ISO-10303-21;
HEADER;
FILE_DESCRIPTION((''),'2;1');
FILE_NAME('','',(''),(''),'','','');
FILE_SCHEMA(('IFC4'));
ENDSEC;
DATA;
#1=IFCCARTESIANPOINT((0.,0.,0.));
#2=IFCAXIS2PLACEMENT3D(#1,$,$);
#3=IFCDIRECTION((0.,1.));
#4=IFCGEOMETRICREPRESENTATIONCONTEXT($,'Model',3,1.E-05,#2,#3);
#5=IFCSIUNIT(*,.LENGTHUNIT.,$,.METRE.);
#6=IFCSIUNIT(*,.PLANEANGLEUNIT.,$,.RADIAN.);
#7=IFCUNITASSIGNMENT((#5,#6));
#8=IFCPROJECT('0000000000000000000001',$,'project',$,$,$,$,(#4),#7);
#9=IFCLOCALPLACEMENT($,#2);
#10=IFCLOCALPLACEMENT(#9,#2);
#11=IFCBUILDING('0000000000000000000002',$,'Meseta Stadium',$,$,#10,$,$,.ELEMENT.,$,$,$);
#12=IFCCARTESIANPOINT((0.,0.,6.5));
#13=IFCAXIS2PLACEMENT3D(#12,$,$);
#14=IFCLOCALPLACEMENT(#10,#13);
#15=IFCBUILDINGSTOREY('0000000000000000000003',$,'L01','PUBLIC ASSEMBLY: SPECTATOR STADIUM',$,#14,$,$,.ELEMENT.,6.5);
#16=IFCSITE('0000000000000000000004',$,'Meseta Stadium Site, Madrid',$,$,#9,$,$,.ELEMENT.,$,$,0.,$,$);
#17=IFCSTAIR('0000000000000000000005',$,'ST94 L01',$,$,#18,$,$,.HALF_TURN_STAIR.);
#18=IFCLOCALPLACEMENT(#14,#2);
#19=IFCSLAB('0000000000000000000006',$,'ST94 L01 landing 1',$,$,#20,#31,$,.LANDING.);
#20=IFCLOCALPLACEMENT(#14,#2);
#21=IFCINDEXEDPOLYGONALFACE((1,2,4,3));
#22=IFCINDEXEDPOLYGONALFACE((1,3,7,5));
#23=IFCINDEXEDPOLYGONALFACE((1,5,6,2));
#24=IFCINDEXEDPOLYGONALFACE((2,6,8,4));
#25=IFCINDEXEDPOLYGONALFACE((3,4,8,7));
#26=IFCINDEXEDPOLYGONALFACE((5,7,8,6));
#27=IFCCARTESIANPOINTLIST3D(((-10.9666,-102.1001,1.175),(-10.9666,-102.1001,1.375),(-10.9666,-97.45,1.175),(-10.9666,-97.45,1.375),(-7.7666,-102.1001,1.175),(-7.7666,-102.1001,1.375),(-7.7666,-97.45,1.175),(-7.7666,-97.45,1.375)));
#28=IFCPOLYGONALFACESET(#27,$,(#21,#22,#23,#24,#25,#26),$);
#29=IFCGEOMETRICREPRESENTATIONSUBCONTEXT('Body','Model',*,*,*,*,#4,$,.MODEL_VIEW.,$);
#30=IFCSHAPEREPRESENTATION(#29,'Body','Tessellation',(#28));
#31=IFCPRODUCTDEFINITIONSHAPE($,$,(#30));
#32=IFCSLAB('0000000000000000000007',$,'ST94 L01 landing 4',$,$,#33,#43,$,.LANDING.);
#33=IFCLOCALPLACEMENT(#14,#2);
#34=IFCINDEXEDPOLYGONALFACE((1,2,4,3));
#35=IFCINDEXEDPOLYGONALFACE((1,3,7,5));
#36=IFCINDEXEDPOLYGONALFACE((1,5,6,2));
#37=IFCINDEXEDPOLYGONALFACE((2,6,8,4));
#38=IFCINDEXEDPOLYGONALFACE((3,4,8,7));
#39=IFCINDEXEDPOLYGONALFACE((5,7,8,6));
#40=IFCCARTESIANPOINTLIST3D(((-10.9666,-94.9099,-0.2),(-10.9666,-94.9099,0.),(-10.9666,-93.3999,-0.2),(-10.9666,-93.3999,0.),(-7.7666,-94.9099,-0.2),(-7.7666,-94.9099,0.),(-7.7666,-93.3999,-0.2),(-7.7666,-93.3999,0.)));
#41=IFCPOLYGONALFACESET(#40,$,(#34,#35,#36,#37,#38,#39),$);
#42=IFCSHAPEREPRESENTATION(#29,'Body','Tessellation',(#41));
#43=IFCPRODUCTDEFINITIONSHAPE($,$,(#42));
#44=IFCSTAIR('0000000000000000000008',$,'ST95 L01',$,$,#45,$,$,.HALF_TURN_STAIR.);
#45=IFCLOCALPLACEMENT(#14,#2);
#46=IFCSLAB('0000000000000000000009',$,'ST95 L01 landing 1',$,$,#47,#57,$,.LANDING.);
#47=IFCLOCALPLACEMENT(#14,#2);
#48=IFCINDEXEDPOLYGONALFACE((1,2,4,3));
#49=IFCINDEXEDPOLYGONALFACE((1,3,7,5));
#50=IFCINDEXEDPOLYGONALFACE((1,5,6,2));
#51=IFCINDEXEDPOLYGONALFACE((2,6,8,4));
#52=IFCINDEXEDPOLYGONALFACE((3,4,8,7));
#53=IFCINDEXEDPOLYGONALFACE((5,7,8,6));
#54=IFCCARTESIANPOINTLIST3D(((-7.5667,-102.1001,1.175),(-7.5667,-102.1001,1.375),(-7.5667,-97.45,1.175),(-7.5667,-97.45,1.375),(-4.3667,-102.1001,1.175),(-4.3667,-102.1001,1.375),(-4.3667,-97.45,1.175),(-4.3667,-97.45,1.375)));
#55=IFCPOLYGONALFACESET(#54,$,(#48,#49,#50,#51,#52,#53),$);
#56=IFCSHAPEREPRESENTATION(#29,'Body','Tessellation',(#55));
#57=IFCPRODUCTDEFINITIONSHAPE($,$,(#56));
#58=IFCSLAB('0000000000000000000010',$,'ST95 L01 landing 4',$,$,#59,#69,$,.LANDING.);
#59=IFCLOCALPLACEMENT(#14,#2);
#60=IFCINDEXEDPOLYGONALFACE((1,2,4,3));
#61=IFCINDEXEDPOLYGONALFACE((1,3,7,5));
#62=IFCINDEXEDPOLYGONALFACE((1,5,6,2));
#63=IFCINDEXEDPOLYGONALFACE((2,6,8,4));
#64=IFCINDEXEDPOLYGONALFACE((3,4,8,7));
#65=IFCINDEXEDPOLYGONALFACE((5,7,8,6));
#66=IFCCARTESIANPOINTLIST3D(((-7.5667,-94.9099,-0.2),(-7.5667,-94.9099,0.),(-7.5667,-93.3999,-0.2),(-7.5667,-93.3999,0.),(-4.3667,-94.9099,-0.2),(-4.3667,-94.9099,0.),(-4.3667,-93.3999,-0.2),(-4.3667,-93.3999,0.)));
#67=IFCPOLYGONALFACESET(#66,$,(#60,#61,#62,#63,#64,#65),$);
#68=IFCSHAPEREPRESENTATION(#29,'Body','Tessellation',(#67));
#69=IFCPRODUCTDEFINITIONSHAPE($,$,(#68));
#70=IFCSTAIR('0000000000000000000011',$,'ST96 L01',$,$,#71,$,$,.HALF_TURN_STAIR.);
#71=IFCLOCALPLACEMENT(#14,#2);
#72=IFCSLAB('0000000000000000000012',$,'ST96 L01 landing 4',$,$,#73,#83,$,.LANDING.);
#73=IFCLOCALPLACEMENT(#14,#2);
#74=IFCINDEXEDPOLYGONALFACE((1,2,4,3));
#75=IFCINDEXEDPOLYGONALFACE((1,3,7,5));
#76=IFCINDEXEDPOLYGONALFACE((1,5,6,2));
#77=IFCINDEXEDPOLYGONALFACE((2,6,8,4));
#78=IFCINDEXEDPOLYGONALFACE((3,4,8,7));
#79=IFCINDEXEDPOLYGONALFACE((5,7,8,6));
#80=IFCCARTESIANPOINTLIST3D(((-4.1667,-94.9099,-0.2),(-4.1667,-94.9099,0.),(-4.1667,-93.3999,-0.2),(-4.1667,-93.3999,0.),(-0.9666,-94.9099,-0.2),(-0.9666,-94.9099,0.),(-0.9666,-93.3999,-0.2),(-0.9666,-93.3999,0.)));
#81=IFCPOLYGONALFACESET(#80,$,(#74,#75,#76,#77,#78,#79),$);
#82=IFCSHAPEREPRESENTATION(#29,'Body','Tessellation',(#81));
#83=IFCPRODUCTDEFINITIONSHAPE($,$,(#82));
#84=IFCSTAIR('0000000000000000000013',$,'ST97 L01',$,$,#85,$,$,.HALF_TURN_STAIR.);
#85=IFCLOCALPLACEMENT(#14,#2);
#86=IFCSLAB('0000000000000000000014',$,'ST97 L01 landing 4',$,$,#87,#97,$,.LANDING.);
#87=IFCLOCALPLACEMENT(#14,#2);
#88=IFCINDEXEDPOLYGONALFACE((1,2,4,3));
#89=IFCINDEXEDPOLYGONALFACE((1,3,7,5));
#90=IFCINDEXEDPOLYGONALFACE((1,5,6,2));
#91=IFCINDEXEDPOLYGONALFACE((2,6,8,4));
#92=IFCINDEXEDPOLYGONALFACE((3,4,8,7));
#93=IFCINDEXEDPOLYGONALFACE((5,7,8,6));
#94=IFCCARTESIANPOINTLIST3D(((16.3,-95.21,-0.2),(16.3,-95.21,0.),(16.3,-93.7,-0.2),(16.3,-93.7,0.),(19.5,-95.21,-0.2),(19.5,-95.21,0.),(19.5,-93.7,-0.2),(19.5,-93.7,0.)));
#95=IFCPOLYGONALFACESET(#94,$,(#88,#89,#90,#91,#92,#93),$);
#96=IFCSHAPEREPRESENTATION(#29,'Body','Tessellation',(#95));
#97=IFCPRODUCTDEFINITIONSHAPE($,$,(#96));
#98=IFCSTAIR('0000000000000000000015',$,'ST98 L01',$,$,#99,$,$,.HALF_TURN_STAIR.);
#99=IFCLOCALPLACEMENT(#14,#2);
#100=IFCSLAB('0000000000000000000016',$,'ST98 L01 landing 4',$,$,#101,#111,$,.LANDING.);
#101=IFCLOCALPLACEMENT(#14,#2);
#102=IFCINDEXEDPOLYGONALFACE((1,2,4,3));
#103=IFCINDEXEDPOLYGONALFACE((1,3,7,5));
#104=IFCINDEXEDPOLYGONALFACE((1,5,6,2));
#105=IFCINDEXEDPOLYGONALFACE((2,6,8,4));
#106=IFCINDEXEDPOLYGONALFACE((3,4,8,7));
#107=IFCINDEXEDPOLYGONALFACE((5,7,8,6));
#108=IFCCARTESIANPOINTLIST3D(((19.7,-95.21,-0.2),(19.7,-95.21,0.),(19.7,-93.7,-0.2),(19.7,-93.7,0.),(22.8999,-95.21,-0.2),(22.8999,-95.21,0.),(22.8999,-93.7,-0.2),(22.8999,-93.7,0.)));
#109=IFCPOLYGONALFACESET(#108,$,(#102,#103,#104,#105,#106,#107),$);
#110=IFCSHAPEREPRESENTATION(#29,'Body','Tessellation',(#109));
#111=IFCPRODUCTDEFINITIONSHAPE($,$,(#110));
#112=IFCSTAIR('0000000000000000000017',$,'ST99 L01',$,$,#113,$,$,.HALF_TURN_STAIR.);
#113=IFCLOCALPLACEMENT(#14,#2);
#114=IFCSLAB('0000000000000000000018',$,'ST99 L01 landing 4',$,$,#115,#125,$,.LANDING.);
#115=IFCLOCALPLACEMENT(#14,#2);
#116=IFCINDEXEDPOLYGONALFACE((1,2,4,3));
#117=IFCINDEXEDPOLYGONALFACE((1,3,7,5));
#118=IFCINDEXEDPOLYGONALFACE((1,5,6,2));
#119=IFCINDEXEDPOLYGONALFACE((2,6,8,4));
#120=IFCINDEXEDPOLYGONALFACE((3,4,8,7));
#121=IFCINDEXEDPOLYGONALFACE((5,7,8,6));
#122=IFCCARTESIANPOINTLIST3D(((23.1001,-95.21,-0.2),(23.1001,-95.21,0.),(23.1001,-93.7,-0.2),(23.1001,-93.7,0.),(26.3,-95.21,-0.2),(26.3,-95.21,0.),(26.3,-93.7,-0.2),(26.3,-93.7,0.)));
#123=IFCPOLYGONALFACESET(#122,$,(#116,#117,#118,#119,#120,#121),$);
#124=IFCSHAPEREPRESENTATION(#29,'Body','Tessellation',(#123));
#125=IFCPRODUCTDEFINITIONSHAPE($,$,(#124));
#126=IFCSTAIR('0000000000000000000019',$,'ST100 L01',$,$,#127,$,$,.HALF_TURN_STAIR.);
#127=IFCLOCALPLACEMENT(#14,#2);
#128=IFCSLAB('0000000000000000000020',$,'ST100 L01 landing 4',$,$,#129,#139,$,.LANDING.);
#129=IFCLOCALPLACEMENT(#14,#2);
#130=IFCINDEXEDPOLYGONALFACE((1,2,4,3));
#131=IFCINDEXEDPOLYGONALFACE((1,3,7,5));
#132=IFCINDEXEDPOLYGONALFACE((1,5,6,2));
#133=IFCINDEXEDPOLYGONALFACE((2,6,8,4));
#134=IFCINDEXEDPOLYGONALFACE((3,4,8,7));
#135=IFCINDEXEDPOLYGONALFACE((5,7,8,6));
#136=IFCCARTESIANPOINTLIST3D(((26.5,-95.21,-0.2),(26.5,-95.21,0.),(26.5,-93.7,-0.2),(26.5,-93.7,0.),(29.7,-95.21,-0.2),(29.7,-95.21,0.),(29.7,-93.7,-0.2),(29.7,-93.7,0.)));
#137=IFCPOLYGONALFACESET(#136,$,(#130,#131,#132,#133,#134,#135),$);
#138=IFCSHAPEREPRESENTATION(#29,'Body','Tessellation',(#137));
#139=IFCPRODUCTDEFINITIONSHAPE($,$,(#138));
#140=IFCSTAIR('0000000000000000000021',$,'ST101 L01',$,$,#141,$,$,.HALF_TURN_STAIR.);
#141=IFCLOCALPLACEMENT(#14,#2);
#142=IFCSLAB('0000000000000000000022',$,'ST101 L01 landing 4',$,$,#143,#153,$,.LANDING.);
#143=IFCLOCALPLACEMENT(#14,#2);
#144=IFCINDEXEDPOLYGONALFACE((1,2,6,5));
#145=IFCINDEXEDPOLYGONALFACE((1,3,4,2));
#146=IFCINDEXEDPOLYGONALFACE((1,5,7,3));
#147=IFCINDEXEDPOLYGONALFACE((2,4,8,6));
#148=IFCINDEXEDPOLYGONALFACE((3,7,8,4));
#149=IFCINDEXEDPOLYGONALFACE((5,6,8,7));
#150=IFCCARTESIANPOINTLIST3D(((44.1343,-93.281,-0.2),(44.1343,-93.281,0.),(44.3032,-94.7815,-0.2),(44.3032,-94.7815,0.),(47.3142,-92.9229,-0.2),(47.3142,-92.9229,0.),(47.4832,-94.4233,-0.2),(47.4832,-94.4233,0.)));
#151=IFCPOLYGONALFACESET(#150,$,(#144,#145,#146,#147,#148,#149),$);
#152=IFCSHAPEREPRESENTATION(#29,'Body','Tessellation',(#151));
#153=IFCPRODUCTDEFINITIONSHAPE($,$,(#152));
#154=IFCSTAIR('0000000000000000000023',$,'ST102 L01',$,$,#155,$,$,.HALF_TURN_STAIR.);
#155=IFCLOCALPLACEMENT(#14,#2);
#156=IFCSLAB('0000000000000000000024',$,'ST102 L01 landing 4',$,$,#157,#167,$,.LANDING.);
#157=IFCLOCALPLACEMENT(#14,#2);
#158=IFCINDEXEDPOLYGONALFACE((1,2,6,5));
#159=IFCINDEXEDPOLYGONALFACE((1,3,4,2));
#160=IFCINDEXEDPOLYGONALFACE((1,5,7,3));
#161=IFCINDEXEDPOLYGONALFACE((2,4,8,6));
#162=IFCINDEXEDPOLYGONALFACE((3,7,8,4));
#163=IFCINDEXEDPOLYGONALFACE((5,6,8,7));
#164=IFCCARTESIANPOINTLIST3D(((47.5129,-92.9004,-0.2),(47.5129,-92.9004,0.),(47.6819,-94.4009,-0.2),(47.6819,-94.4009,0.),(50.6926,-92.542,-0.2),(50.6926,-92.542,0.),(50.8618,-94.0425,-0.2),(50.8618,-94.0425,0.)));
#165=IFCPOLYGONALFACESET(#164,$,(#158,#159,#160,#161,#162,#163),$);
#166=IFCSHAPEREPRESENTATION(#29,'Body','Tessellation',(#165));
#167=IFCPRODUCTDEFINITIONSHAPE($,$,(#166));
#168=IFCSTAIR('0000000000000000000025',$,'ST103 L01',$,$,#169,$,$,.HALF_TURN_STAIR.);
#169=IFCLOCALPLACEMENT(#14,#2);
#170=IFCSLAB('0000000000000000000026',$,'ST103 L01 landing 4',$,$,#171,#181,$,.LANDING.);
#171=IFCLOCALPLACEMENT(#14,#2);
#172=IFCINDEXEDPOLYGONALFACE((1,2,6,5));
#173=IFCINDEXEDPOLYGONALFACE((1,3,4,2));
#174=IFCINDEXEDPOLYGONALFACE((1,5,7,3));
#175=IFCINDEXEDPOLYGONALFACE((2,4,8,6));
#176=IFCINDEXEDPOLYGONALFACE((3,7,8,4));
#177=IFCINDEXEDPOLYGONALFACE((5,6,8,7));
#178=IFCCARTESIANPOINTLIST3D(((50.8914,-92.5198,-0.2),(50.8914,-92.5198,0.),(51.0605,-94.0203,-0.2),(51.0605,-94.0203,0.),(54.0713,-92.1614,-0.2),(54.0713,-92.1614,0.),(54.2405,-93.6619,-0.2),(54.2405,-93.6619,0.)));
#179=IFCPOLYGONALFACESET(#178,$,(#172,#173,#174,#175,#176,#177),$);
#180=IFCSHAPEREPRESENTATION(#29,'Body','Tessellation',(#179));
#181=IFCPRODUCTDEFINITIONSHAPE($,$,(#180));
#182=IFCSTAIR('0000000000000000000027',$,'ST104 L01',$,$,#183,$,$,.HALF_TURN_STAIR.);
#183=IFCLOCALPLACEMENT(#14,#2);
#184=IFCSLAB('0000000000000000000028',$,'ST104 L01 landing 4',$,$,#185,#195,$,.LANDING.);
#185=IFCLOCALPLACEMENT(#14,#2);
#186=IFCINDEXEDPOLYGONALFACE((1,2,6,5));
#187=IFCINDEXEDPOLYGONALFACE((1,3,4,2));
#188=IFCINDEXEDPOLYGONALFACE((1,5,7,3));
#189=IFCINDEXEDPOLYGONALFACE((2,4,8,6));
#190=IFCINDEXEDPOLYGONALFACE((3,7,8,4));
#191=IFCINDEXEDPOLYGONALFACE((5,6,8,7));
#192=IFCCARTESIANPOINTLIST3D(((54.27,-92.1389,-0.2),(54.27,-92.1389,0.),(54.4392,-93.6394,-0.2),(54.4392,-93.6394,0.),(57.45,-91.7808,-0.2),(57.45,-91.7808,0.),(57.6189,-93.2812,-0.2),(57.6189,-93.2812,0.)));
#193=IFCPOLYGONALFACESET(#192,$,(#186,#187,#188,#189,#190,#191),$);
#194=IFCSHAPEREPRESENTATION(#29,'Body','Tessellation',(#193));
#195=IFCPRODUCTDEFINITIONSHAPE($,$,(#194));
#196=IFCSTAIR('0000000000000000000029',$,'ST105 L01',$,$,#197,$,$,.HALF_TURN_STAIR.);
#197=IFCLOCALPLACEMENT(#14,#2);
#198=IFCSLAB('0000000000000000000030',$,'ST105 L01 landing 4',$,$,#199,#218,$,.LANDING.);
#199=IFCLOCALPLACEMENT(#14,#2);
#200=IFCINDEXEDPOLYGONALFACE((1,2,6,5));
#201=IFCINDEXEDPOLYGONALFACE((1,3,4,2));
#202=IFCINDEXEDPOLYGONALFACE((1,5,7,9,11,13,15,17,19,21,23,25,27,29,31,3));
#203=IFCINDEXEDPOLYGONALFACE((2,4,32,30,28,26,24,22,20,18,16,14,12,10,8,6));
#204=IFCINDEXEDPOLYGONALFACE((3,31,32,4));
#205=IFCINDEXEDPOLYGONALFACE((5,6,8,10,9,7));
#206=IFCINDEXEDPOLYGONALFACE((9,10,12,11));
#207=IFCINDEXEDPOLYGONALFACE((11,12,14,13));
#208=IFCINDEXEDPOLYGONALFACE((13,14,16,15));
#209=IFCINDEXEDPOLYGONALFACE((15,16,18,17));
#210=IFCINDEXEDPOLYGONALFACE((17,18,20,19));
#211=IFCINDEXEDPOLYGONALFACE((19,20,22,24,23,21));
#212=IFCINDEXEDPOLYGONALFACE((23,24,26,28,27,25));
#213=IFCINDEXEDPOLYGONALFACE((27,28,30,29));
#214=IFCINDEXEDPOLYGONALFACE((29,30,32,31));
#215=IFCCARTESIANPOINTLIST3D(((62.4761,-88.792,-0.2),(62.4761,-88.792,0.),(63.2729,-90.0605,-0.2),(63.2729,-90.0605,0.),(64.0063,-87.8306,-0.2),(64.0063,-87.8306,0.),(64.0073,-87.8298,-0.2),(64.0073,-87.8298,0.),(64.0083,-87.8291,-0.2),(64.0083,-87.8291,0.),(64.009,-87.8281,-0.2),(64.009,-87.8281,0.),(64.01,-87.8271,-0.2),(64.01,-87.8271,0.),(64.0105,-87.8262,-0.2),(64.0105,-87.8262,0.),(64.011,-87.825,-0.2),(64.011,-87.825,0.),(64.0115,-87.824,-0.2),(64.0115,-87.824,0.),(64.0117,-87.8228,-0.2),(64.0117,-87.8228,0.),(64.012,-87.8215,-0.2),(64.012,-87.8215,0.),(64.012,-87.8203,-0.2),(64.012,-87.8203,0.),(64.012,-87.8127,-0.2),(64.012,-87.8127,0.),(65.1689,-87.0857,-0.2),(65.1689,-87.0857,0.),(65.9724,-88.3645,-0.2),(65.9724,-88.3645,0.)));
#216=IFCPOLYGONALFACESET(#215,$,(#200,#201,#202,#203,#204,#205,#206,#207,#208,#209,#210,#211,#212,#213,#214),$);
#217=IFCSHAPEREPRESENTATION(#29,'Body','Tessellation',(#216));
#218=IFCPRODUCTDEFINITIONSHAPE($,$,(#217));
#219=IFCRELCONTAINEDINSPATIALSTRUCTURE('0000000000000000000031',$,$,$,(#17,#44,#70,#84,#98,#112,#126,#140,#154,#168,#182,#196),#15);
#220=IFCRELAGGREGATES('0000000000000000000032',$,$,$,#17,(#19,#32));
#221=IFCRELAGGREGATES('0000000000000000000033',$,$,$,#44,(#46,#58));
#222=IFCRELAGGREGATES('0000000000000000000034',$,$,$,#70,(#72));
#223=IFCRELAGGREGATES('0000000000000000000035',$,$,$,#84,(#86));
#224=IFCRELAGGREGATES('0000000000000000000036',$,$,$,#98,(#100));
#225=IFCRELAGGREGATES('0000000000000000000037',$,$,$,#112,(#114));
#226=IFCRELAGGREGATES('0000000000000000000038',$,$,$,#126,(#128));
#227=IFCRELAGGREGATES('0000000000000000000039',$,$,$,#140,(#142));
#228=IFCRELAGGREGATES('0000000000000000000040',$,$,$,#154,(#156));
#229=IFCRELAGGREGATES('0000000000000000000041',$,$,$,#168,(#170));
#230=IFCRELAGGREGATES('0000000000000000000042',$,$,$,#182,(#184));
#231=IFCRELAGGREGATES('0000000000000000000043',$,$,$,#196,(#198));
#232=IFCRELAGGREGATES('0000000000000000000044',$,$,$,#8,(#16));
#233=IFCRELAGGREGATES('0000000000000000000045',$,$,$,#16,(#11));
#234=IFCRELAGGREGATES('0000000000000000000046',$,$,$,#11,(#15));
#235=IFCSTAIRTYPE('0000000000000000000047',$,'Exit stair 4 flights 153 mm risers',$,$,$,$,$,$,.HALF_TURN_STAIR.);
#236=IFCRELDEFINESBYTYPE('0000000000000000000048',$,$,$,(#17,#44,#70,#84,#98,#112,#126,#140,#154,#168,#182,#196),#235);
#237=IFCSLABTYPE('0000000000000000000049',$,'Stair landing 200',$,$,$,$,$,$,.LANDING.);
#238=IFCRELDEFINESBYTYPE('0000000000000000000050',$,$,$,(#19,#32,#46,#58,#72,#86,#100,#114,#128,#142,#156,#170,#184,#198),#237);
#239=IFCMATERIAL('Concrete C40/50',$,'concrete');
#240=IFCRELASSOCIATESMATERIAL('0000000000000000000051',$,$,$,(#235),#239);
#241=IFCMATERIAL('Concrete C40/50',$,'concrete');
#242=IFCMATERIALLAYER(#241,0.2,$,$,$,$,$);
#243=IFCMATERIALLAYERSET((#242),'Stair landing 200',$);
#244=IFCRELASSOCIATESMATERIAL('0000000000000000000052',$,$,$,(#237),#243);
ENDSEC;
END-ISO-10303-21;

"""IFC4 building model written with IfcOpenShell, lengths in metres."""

from ifc_helpers import new_model, si_unit, direction, frame, origin, place, context, subcontext, project, spatial, polyline, outline, extrude, material, layer, layer_set, type_object, element, aggregate, save


model = new_model("IFC4")

# Units and contexts
model_context = context("Model", 3, precision=1e-05, world=origin(), true_north=direction((0.0, 1.0)))
body_context = subcontext(model_context, "Body", "Model", "MODEL_VIEW")
ifc_project = project(units=[si_unit("LENGTHUNIT", "METRE"), si_unit("PLANEANGLEUNIT", "RADIAN")], contexts=[model_context])

# Site, building, storey
site_placement = place(None, origin())
site = spatial("IfcSite", under=ifc_project, at=site_placement, Name="Meseta Stadium Site, Madrid", CompositionType="ELEMENT", RefElevation=0.0)
building_placement = place(site_placement, origin())
building = spatial("IfcBuilding", under=site, at=building_placement, Name="Meseta Stadium", CompositionType="ELEMENT")
storey_placement = place(building_placement, frame((0.0, 0.0, 6.5)))
storey = spatial("IfcBuildingStorey", under=building, at=storey_placement, Name="L01", Description="PUBLIC ASSEMBLY: SPECTATOR STADIUM", CompositionType="ELEMENT", Elevation=6.5)

# Shared definitions
ifc_material_1 = material(Name="Concrete C40/50", Category="concrete")
stair_type = type_object("IfcStairType", Name="Exit stair 4 flights 153 mm risers", PredefinedType="HALF_TURN_STAIR", material=ifc_material_1)
ifc_material_2 = material(Name="Concrete C40/50", Category="concrete")
ifc_layer = layer(ifc_material_2, 0.2)
ifc_layer_set = layer_set([ifc_layer], Name="Stair landing 200")
slab_type = type_object("IfcSlabType", Name="Stair landing 200", PredefinedType="LANDING", material=ifc_layer_set)

# Stairs, slabs
stair_1_placement = place(storey_placement, origin())
stair_1 = element("IfcStair", 1, at=stair_1_placement, inside=storey, type_object=stair_type, Name="ST94 L01", PredefinedType="HALF_TURN_STAIR")
slab_1_placement = place(storey_placement, frame((0.0, 0.0, 1.175)))
slab_1 = element("IfcSlab", 2, at=slab_1_placement, type_object=slab_type, Name="ST94 L01 landing 1", PredefinedType="LANDING", context=body_context, shape_type="SweptSolid", body=[
    extrude(outline(polyline([(-10.9666, -97.45), (-10.9666, -102.1001), (-7.7666, -102.1001), (-7.7666, -97.45), (-10.9666, -97.45)])), origin(), (0.0, 0.0, 1.0), 0.2),
])
slab_2_placement = place(storey_placement, frame((0.0, 0.0, -0.2)))
slab_2 = element("IfcSlab", 3, at=slab_2_placement, type_object=slab_type, Name="ST94 L01 landing 4", PredefinedType="LANDING", context=body_context, shape_type="SweptSolid", body=[
    extrude(outline(polyline([(-10.9666, -93.3999), (-10.9666, -94.9099), (-7.7666, -94.9099), (-7.7666, -93.3999), (-10.9666, -93.3999)])), origin(), (0.0, 0.0, 1.0), 0.2),
])
aggregate(stair_1, [slab_1, slab_2])
stair_2_placement = place(storey_placement, origin())
stair_2 = element("IfcStair", 4, at=stair_2_placement, inside=storey, type_object=stair_type, Name="ST95 L01", PredefinedType="HALF_TURN_STAIR")
slab_3_placement = place(storey_placement, frame((0.0, 0.0, 1.175)))
slab_3 = element("IfcSlab", 5, at=slab_3_placement, type_object=slab_type, Name="ST95 L01 landing 1", PredefinedType="LANDING", context=body_context, shape_type="SweptSolid", body=[
    extrude(outline(polyline([(-7.5667, -97.45), (-7.5667, -102.1001), (-4.3667, -102.1001), (-4.3667, -97.45), (-7.5667, -97.45)])), origin(), (0.0, 0.0, 1.0), 0.2),
])
slab_4_placement = place(storey_placement, frame((0.0, 0.0, -0.2)))
slab_4 = element("IfcSlab", 6, at=slab_4_placement, type_object=slab_type, Name="ST95 L01 landing 4", PredefinedType="LANDING", context=body_context, shape_type="SweptSolid", body=[
    extrude(outline(polyline([(-7.5667, -93.3999), (-7.5667, -94.9099), (-4.3667, -94.9099), (-4.3667, -93.3999), (-7.5667, -93.3999)])), origin(), (0.0, 0.0, 1.0), 0.2),
])
aggregate(stair_2, [slab_3, slab_4])

# Stairs, slabs
stair_3_placement = place(storey_placement, origin())
stair_3 = element("IfcStair", 7, at=stair_3_placement, inside=storey, type_object=stair_type, Name="ST96 L01", PredefinedType="HALF_TURN_STAIR")
slab_5_placement = place(storey_placement, frame((0.0, 0.0, -0.2)))
slab_5 = element("IfcSlab", 8, at=slab_5_placement, type_object=slab_type, Name="ST96 L01 landing 4", PredefinedType="LANDING", context=body_context, shape_type="SweptSolid", body=[
    extrude(outline(polyline([(-4.1667, -93.3999), (-4.1667, -94.9099), (-0.9666, -94.9099), (-0.9666, -93.3999), (-4.1667, -93.3999)])), origin(), (0.0, 0.0, 1.0), 0.2),
])
aggregate(stair_3, [slab_5])
stair_4_placement = place(storey_placement, origin())
stair_4 = element("IfcStair", 9, at=stair_4_placement, inside=storey, type_object=stair_type, Name="ST97 L01", PredefinedType="HALF_TURN_STAIR")
slab_6_placement = place(storey_placement, frame((0.0, 0.0, -0.2)))
slab_6 = element("IfcSlab", 10, at=slab_6_placement, type_object=slab_type, Name="ST97 L01 landing 4", PredefinedType="LANDING", context=body_context, shape_type="SweptSolid", body=[
    extrude(outline(polyline([(16.3, -93.7), (16.3, -95.21), (19.5, -95.21), (19.5, -93.7), (16.3, -93.7)])), origin(), (0.0, 0.0, 1.0), 0.2),
])
aggregate(stair_4, [slab_6])
stair_5_placement = place(storey_placement, origin())
stair_5 = element("IfcStair", 11, at=stair_5_placement, inside=storey, type_object=stair_type, Name="ST98 L01", PredefinedType="HALF_TURN_STAIR")
slab_7_placement = place(storey_placement, frame((0.0, 0.0, -0.2)))
slab_7 = element("IfcSlab", 12, at=slab_7_placement, type_object=slab_type, Name="ST98 L01 landing 4", PredefinedType="LANDING", context=body_context, shape_type="SweptSolid", body=[
    extrude(outline(polyline([(19.7, -93.7), (19.7, -95.21), (22.8999, -95.21), (22.8999, -93.7), (19.7, -93.7)])), origin(), (0.0, 0.0, 1.0), 0.2),
])
aggregate(stair_5, [slab_7])
stair_6_placement = place(storey_placement, origin())
stair_6 = element("IfcStair", 13, at=stair_6_placement, inside=storey, type_object=stair_type, Name="ST99 L01", PredefinedType="HALF_TURN_STAIR")
slab_8_placement = place(storey_placement, frame((0.0, 0.0, -0.2)))
slab_8 = element("IfcSlab", 14, at=slab_8_placement, type_object=slab_type, Name="ST99 L01 landing 4", PredefinedType="LANDING", context=body_context, shape_type="SweptSolid", body=[
    extrude(outline(polyline([(23.1001, -93.7), (23.1001, -95.21), (26.3, -95.21), (26.3, -93.7), (23.1001, -93.7)])), origin(), (0.0, 0.0, 1.0), 0.2),
])
aggregate(stair_6, [slab_8])
stair_7_placement = place(storey_placement, origin())
stair_7 = element("IfcStair", 15, at=stair_7_placement, inside=storey, type_object=stair_type, Name="ST100 L01", PredefinedType="HALF_TURN_STAIR")
slab_9_placement = place(storey_placement, frame((0.0, 0.0, -0.2)))
slab_9 = element("IfcSlab", 16, at=slab_9_placement, type_object=slab_type, Name="ST100 L01 landing 4", PredefinedType="LANDING", context=body_context, shape_type="SweptSolid", body=[
    extrude(outline(polyline([(26.5, -93.7), (26.5, -95.21), (29.7, -95.21), (29.7, -93.7), (26.5, -93.7)])), origin(), (0.0, 0.0, 1.0), 0.2),
])
aggregate(stair_7, [slab_9])
stair_8_placement = place(storey_placement, origin())
stair_8 = element("IfcStair", 17, at=stair_8_placement, inside=storey, type_object=stair_type, Name="ST101 L01", PredefinedType="HALF_TURN_STAIR")
slab_10_placement = place(storey_placement, frame((0.0, 0.0, -0.2)))
slab_10 = element("IfcSlab", 18, at=slab_10_placement, type_object=slab_type, Name="ST101 L01 landing 4", PredefinedType="LANDING", context=body_context, shape_type="SweptSolid", body=[
    extrude(outline(polyline([(44.1343, -93.281), (44.3032, -94.7815), (47.4832, -94.4233), (47.3142, -92.9229), (44.1343, -93.281)])), origin(), (0.0, 0.0, 1.0), 0.2),
])
aggregate(stair_8, [slab_10])
stair_9_placement = place(storey_placement, origin())
stair_9 = element("IfcStair", 19, at=stair_9_placement, inside=storey, type_object=stair_type, Name="ST102 L01", PredefinedType="HALF_TURN_STAIR")
slab_11_placement = place(storey_placement, frame((0.0, 0.0, -0.2)))
slab_11 = element("IfcSlab", 20, at=slab_11_placement, type_object=slab_type, Name="ST102 L01 landing 4", PredefinedType="LANDING", context=body_context, shape_type="SweptSolid", body=[
    extrude(outline(polyline([(47.5129, -92.9004), (47.6819, -94.4009), (50.8618, -94.0425), (50.6926, -92.542), (47.5129, -92.9004)])), origin(), (0.0, 0.0, 1.0), 0.2),
])
aggregate(stair_9, [slab_11])
stair_10_placement = place(storey_placement, origin())
stair_10 = element("IfcStair", 21, at=stair_10_placement, inside=storey, type_object=stair_type, Name="ST103 L01", PredefinedType="HALF_TURN_STAIR")
slab_12_placement = place(storey_placement, frame((0.0, 0.0, -0.2)))
slab_12 = element("IfcSlab", 22, at=slab_12_placement, type_object=slab_type, Name="ST103 L01 landing 4", PredefinedType="LANDING", context=body_context, shape_type="SweptSolid", body=[
    extrude(outline(polyline([(50.8914, -92.5198), (51.0605, -94.0203), (54.2405, -93.6619), (54.0713, -92.1614), (50.8914, -92.5198)])), origin(), (0.0, 0.0, 1.0), 0.2),
])
aggregate(stair_10, [slab_12])
stair_11_placement = place(storey_placement, origin())
stair_11 = element("IfcStair", 23, at=stair_11_placement, inside=storey, type_object=stair_type, Name="ST104 L01", PredefinedType="HALF_TURN_STAIR")
slab_13_placement = place(storey_placement, frame((0.0, 0.0, -0.2)))
slab_13 = element("IfcSlab", 24, at=slab_13_placement, type_object=slab_type, Name="ST104 L01 landing 4", PredefinedType="LANDING", context=body_context, shape_type="SweptSolid", body=[
    extrude(outline(polyline([(54.27, -92.1389), (54.4392, -93.6394), (57.6189, -93.2812), (57.45, -91.7808), (54.27, -92.1389)])), origin(), (0.0, 0.0, 1.0), 0.2),
])
aggregate(stair_11, [slab_13])
stair_12_placement = place(storey_placement, origin())
stair_12 = element("IfcStair", 25, at=stair_12_placement, inside=storey, type_object=stair_type, Name="ST105 L01", PredefinedType="HALF_TURN_STAIR")
slab_14_placement = place(storey_placement, frame((0.0, 0.0, -0.2)))
slab_14 = element("IfcSlab", 26, at=slab_14_placement, type_object=slab_type, Name="ST105 L01 landing 4", PredefinedType="LANDING", context=body_context, shape_type="SweptSolid", body=[
    extrude(outline(polyline([(65.1689, -87.0857), (64.012, -87.8127), (64.012, -87.8203), (64.012, -87.8215), (64.0117, -87.8228), (64.0115, -87.824), (64.011, -87.825), (64.0105, -87.8262), (64.01, -87.8271), (64.009, -87.8281), (64.0083, -87.8291), (64.0073, -87.8298), (64.0063, -87.8306), (62.4761, -88.792), (63.2729, -90.0605), (65.9724, -88.3645), (65.1689, -87.0857)])), origin(), (0.0, 0.0, 1.0), 0.2),
])
aggregate(stair_12, [slab_14])

save(model, "model.ifc")
